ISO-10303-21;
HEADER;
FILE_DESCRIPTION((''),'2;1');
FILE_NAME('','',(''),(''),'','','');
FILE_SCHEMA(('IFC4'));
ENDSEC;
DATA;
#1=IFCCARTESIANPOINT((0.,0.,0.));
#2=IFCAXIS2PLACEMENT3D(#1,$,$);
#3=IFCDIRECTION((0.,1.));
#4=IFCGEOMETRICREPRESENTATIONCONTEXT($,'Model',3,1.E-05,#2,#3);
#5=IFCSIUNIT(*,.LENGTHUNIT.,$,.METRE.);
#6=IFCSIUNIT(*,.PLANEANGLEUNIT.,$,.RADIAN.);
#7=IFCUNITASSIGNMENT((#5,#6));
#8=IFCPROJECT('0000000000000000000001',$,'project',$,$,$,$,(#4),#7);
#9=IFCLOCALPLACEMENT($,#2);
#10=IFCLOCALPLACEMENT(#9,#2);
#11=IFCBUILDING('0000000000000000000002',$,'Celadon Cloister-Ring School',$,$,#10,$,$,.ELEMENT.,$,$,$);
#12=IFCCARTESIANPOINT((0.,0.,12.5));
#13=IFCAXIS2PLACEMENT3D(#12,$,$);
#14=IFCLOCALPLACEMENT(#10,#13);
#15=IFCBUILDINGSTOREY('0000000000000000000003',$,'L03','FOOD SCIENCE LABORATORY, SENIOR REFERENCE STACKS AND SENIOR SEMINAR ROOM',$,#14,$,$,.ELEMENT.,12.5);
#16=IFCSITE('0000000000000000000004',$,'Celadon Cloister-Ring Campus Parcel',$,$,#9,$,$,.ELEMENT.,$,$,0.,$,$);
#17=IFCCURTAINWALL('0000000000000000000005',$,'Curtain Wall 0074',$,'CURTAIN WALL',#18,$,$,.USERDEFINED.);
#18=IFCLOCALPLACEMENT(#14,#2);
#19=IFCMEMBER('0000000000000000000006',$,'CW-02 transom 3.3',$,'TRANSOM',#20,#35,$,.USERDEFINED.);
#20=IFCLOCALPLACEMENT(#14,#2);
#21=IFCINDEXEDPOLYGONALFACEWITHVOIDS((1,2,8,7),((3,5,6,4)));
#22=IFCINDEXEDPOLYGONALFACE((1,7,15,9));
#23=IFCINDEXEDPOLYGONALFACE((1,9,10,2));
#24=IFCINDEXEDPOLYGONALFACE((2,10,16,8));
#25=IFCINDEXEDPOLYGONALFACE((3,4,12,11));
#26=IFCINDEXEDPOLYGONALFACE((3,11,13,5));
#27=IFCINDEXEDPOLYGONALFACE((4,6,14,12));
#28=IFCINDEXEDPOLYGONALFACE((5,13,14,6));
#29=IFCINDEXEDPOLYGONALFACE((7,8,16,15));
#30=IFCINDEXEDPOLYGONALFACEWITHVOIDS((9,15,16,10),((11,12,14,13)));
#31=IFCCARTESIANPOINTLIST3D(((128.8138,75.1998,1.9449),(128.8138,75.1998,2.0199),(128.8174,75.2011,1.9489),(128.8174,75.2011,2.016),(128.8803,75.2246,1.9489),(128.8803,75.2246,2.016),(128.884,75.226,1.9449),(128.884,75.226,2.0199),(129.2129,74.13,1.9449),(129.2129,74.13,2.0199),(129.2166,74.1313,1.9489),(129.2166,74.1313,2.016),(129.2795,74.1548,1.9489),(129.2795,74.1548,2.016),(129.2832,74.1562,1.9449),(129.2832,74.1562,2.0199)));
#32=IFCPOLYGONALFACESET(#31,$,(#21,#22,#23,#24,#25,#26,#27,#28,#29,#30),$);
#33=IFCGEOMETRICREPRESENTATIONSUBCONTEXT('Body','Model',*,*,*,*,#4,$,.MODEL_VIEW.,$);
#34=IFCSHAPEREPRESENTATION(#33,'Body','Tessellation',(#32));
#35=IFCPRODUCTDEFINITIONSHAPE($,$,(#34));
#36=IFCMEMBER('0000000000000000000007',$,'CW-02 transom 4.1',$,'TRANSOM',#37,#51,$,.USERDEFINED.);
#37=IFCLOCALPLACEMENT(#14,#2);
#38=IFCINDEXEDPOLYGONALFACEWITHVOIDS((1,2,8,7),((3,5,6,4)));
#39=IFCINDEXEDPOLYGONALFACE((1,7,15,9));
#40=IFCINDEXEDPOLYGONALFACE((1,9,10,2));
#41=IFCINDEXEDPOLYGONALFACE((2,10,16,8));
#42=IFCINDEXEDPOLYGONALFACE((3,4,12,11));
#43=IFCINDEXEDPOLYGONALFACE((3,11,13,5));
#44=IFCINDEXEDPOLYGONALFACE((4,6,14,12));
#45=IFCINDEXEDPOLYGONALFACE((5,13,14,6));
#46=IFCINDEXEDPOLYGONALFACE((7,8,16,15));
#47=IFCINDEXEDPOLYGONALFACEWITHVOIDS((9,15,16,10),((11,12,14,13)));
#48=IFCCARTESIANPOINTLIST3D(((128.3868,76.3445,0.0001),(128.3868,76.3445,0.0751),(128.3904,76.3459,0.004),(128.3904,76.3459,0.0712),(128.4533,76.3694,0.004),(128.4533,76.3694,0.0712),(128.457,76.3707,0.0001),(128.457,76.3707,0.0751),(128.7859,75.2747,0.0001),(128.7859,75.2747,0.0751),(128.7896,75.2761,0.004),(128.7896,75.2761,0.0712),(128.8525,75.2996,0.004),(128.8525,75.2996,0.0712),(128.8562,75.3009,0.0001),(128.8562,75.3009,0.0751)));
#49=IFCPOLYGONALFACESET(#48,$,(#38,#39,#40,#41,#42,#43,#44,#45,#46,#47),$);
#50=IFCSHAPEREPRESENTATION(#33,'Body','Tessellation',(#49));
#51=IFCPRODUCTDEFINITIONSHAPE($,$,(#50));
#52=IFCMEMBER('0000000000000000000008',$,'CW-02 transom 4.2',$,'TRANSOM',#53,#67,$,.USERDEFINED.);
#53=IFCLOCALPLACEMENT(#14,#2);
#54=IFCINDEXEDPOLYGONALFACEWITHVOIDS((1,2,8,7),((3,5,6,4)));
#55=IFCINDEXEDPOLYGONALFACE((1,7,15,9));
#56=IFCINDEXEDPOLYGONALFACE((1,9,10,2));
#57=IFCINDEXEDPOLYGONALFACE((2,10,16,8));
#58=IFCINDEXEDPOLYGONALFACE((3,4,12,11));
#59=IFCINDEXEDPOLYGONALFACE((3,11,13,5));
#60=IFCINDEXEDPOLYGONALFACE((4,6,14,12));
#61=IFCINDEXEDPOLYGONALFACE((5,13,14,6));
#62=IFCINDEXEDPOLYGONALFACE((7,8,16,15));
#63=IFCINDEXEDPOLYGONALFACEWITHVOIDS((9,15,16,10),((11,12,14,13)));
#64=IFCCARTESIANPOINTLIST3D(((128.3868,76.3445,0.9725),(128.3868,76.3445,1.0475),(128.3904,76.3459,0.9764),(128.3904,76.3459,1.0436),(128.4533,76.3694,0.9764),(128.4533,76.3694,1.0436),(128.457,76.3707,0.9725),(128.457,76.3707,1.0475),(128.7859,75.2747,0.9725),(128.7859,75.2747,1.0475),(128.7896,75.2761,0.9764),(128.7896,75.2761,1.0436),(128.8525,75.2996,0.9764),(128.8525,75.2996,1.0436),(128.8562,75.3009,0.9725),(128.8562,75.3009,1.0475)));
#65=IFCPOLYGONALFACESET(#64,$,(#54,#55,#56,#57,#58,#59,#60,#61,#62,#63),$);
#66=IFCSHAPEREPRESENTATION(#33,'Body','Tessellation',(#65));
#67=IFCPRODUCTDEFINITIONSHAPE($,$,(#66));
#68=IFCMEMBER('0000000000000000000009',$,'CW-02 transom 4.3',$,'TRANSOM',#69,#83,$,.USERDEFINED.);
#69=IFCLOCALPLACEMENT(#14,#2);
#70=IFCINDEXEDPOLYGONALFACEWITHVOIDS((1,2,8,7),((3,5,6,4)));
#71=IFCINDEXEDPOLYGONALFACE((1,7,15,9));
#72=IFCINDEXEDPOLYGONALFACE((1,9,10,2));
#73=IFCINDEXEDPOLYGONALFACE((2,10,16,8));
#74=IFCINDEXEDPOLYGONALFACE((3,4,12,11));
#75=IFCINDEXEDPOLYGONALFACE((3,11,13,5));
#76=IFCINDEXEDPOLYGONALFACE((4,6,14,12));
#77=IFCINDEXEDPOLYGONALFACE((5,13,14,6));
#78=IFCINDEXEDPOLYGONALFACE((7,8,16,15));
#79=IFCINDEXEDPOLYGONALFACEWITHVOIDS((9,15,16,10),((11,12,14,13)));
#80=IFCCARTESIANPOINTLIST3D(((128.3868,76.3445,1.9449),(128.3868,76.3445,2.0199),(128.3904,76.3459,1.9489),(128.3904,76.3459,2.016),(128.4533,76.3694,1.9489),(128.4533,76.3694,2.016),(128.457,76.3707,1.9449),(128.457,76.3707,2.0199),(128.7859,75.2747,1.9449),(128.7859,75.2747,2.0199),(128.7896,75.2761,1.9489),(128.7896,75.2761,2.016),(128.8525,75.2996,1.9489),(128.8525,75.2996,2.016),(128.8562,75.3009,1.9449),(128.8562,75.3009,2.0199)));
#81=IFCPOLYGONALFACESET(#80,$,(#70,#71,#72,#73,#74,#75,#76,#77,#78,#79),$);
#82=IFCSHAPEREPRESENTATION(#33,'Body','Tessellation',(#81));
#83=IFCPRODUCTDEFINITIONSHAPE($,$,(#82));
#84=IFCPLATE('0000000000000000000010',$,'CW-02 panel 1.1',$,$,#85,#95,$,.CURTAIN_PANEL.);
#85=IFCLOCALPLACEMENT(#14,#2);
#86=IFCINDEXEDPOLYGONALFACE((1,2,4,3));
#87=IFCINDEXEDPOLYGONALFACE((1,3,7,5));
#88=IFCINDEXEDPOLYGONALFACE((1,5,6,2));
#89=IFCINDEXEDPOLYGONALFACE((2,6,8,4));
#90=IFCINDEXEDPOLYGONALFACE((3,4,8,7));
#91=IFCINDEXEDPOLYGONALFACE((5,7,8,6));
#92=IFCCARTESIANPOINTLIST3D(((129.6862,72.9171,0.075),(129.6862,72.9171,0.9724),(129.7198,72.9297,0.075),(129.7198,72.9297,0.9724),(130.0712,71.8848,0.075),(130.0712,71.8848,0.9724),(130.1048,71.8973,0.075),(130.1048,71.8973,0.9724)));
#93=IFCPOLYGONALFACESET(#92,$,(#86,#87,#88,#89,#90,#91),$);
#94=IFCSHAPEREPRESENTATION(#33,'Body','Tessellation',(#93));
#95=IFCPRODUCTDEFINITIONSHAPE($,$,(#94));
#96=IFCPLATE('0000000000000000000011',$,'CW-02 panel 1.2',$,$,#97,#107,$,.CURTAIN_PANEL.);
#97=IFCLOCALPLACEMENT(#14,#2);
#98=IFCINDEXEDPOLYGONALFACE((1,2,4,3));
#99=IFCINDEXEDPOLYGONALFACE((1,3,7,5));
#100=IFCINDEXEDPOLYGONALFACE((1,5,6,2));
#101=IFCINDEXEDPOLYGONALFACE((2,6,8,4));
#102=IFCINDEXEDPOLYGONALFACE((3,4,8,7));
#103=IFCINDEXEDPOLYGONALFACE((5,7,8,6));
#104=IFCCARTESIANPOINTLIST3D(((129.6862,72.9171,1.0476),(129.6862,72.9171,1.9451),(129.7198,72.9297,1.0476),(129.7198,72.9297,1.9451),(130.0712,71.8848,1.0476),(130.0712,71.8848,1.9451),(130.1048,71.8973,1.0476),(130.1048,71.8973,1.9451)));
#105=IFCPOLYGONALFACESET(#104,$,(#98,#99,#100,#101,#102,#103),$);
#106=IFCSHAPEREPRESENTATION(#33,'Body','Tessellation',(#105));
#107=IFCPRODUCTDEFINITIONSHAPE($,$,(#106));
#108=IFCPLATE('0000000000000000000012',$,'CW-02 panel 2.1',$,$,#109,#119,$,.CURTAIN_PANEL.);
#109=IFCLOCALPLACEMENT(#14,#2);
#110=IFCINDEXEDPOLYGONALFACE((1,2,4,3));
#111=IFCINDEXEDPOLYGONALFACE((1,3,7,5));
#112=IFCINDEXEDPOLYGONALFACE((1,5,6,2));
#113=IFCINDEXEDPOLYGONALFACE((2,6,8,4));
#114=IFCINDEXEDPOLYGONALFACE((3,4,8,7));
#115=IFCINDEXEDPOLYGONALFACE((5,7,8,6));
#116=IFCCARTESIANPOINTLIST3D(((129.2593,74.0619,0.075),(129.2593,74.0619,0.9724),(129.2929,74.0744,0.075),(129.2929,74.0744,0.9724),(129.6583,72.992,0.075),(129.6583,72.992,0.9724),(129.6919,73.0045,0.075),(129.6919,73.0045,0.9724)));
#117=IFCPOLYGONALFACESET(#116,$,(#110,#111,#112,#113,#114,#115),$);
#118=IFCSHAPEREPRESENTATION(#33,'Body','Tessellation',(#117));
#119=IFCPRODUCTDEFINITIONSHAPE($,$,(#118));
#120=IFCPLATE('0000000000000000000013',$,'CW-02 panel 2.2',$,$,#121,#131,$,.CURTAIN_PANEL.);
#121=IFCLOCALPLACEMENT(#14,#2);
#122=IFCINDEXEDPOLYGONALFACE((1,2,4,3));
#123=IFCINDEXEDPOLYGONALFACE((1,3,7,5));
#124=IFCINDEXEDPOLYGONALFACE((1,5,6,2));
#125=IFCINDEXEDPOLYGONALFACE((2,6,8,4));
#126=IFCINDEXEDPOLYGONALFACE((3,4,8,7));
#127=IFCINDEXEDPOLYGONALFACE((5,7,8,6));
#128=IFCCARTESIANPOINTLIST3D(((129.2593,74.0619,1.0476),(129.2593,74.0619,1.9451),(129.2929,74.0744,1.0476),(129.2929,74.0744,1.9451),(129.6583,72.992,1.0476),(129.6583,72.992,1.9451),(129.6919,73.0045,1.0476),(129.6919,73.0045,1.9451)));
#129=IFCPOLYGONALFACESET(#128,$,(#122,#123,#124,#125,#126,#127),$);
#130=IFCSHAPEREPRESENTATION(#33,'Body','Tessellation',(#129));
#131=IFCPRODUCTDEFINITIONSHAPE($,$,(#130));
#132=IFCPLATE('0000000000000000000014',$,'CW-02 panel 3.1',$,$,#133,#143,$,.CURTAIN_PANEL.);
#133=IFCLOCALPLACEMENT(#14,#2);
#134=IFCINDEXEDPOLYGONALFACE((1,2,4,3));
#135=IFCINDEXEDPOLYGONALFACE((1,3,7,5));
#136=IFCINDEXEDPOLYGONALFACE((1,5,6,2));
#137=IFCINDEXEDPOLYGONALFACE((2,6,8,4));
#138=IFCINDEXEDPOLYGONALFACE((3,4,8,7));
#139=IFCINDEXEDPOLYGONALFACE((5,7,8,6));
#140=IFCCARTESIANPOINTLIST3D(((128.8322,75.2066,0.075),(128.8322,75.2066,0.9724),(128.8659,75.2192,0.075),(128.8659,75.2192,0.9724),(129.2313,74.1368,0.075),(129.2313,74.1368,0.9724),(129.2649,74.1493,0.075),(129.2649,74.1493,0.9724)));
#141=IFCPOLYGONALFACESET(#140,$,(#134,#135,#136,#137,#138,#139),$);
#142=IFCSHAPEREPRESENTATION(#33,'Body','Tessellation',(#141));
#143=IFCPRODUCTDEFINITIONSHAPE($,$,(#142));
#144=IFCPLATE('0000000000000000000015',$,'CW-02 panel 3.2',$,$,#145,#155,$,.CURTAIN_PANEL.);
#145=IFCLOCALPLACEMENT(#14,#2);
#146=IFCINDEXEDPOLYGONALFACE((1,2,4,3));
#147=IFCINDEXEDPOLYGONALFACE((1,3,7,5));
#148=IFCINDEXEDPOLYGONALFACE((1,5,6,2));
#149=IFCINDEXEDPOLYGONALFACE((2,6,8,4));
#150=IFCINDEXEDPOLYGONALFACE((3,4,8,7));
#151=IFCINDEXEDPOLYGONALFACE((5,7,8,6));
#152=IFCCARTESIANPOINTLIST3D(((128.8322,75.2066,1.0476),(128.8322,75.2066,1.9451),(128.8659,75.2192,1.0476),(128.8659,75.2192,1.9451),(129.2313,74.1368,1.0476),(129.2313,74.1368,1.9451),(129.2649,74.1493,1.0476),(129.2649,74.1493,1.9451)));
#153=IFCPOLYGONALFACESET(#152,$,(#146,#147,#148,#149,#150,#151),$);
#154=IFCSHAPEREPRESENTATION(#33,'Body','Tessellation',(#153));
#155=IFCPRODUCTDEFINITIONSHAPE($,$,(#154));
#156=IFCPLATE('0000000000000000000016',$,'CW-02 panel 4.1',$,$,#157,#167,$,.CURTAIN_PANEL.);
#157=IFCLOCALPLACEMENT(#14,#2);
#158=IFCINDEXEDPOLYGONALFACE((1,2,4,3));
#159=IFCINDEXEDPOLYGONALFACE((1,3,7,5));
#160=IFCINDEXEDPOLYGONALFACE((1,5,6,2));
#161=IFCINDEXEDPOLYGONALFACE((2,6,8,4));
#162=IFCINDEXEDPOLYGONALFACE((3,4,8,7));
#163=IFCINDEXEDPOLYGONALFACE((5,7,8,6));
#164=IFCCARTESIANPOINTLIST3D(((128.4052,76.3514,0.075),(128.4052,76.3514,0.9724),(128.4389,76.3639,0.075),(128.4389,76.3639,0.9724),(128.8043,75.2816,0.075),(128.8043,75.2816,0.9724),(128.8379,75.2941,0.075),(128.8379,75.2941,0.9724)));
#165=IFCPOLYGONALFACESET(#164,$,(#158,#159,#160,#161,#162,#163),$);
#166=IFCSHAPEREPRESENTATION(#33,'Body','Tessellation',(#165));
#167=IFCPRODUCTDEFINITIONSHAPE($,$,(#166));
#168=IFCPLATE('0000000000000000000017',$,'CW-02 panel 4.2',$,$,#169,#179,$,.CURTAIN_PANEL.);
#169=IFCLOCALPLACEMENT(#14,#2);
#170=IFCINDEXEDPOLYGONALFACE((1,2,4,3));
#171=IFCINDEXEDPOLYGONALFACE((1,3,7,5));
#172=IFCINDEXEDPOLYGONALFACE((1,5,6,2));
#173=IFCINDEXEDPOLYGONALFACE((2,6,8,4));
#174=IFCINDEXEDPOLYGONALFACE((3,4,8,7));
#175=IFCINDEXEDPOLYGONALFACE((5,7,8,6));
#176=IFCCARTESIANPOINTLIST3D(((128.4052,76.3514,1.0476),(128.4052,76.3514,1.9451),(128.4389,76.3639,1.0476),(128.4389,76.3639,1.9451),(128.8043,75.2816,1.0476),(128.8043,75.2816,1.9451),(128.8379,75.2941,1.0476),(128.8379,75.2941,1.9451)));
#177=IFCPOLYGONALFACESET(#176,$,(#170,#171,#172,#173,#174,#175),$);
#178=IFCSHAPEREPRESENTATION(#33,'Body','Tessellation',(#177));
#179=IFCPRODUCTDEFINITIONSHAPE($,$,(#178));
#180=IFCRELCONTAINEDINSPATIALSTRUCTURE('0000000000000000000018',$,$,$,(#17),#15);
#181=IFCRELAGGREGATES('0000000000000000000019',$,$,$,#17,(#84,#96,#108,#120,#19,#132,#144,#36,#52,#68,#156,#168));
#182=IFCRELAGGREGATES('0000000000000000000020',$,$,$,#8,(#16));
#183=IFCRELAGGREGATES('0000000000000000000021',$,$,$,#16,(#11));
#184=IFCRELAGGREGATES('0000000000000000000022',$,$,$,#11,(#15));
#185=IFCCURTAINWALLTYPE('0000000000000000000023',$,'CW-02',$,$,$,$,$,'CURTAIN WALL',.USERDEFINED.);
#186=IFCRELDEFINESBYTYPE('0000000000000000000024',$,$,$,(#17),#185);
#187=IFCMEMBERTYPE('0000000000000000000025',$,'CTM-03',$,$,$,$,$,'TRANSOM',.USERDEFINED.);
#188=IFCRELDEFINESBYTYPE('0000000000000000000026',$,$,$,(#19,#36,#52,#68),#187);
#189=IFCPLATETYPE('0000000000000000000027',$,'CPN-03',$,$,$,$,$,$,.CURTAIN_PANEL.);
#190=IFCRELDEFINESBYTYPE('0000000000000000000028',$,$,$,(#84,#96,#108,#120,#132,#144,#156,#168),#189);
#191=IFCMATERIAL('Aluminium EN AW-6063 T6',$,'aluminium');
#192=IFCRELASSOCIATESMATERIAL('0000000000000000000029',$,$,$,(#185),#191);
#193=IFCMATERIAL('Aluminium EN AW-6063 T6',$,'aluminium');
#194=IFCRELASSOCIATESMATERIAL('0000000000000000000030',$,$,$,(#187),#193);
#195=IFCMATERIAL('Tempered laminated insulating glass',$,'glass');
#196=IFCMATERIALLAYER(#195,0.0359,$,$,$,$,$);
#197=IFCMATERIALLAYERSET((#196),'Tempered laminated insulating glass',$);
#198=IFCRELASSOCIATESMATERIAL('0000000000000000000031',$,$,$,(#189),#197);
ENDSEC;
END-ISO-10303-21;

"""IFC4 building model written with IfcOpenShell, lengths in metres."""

from ifc_helpers import new_model, si_unit, direction, frame, origin, origin_2d, place, context, subcontext, project, spatial, rectangle, hollow_rectangle, extrude, material, layer, layer_set, material_profile, profile_set, type_object, element, aggregate, save


model = new_model("IFC4")

# Units and contexts
model_context = context("Model", 3, precision=1e-05, world=origin(), true_north=direction((0.0, 1.0)))
body_context = subcontext(model_context, "Body", "Model", "MODEL_VIEW")
ifc_project = project(units=[si_unit("LENGTHUNIT", "METRE"), si_unit("PLANEANGLEUNIT", "RADIAN")], contexts=[model_context])

# Site, building, storey
site_placement = place(None, origin())
site = spatial("IfcSite", under=ifc_project, at=site_placement, Name="Celadon Cloister-Ring Campus Parcel", CompositionType="ELEMENT", RefElevation=0.0)
building_placement = place(site_placement, origin())
building = spatial("IfcBuilding", under=site, at=building_placement, Name="Celadon Cloister-Ring School", CompositionType="ELEMENT")
storey_placement = place(building_placement, frame((0.0, 0.0, 12.5)))
storey = spatial("IfcBuildingStorey", under=building, at=storey_placement, Name="L03", Description="FOOD SCIENCE LABORATORY, SENIOR REFERENCE STACKS AND SENIOR SEMINAR ROOM", CompositionType="ELEMENT", Elevation=12.5)

# Curtain wall, members, plates
ifc_material_1 = material(Name="Aluminium EN AW-6063 T6", Category="aluminium")
curtain_wall_type = type_object("IfcCurtainWallType", Name="CW-02", ElementType="CURTAIN WALL", PredefinedType="USERDEFINED", material=ifc_material_1)
curtain_wall_placement = place(storey_placement, origin())
curtain_wall = element("IfcCurtainWall", 1, at=curtain_wall_placement, inside=storey, type_object=curtain_wall_type, Name="Curtain Wall 0074", ObjectType="CURTAIN WALL", PredefinedType="USERDEFINED")
ifc_material_2 = material(Name="Aluminium EN AW-6063 T6", Category="aluminium")
ifc_material_profile_1 = material_profile(ifc_material_2, hollow_rectangle(XDim=0.075, YDim=0.075, WallThickness=0.0039, at=origin_2d()), Name="RHS75X75X4")
ifc_profile_set_1 = profile_set([ifc_material_profile_1], Name="Aluminium EN AW-6063 T6")
member_type_1 = type_object("IfcMemberType", Name="CTM-03", ElementType="TRANSOM", PredefinedType="USERDEFINED", material=ifc_profile_set_1)
member_1_placement = place(storey_placement, frame((129.248, 74.1431, 1.9824), z_axis=(-0.349577, 0.936908, 0.0), x_axis=(-0.936908, -0.349577, 0.0)))
member_1 = element("IfcMember", 2, at=member_1_placement, type_object=member_type_1, Name="CW-02 transom 3.3", ObjectType="TRANSOM", PredefinedType="USERDEFINED", context=body_context, shape_type="SweptSolid", body=[
    extrude(hollow_rectangle(XDim=0.075, YDim=0.075, WallThickness=0.0039, at=origin_2d()), origin(), (0.0, 0.0, 1.0), 1.1418),
])
member_2_placement = place(storey_placement, frame((128.821, 75.2878, 0.0376), z_axis=(-0.349577, 0.936908, 0.0), x_axis=(-0.936908, -0.349577, 0.0)))
member_2 = element("IfcMember", 3, at=member_2_placement, type_object=member_type_1, Name="CW-02 transom 4.1", ObjectType="TRANSOM", PredefinedType="USERDEFINED", context=body_context, shape_type="SweptSolid", body=[
    extrude(hollow_rectangle(XDim=0.075, YDim=0.075, WallThickness=0.0039, at=origin_2d()), origin(), (0.0, 0.0, 1.0), 1.1418),
])
member_3_placement = place(storey_placement, frame((128.821, 75.2878, 1.01), z_axis=(-0.349577, 0.936908, 0.0), x_axis=(-0.936908, -0.349577, 0.0)))
member_3 = element("IfcMember", 4, at=member_3_placement, type_object=member_type_1, Name="CW-02 transom 4.2", ObjectType="TRANSOM", PredefinedType="USERDEFINED", context=body_context, shape_type="SweptSolid", body=[
    extrude(hollow_rectangle(XDim=0.075, YDim=0.075, WallThickness=0.0039, at=origin_2d()), origin(), (0.0, 0.0, 1.0), 1.1418),
])
member_4_placement = place(storey_placement, frame((128.821, 75.2878, 1.9824), z_axis=(-0.349577, 0.936908, 0.0), x_axis=(-0.936908, -0.349577, 0.0)))
member_4 = element("IfcMember", 5, at=member_4_placement, type_object=member_type_1, Name="CW-02 transom 4.3", ObjectType="TRANSOM", PredefinedType="USERDEFINED", context=body_context, shape_type="SweptSolid", body=[
    extrude(hollow_rectangle(XDim=0.075, YDim=0.075, WallThickness=0.0039, at=origin_2d()), origin(), (0.0, 0.0, 1.0), 1.1418),
])
ifc_material_3 = material(Name="Tempered laminated insulating glass", Category="glass")
ifc_layer = layer(ifc_material_3, 0.0359)
ifc_layer_set = layer_set([ifc_layer], Name="Tempered laminated insulating glass")
plate_type = type_object("IfcPlateType", Name="CPN-03", PredefinedType="CURTAIN_PANEL", material=ifc_layer_set)
plate_1_placement = place(storey_placement, frame((129.8955, 72.4072, 0.075), z_axis=(0.0, 0.0, 1.0), x_axis=(-0.349473, 0.936947, 0.0)))
plate_1 = element("IfcPlate", 6, at=plate_1_placement, type_object=plate_type, Name="CW-02 panel 1.1", PredefinedType="CURTAIN_PANEL", context=body_context, shape_type="SweptSolid", body=[
    extrude(rectangle(XDim=1.1018, YDim=0.0359, at=origin_2d()), origin(), (0.0, 0.0, 1.0), 0.8975),
])
plate_2_placement = place(storey_placement, frame((129.8955, 72.4072, 1.0476), z_axis=(0.0, 0.0, 1.0), x_axis=(-0.349473, 0.936947, 0.0)))
plate_2 = element("IfcPlate", 7, at=plate_2_placement, type_object=plate_type, Name="CW-02 panel 1.2", PredefinedType="CURTAIN_PANEL", context=body_context, shape_type="SweptSolid", body=[
    extrude(rectangle(XDim=1.1018, YDim=0.0359, at=origin_2d()), origin(), (0.0, 0.0, 1.0), 0.8975),
])
plate_3_placement = place(storey_placement, frame((129.4756, 73.5332, 0.075), z_axis=(0.0, 0.0, 1.0), x_axis=(-0.349473, 0.936947, 0.0)))
plate_3 = element("IfcPlate", 8, at=plate_3_placement, type_object=plate_type, Name="CW-02 panel 2.1", PredefinedType="CURTAIN_PANEL", context=body_context, shape_type="SweptSolid", body=[
    extrude(rectangle(XDim=1.1418, YDim=0.0359, at=origin_2d()), origin(), (0.0, 0.0, 1.0), 0.8975),
])
plate_4_placement = place(storey_placement, frame((129.4756, 73.5332, 1.0476), z_axis=(0.0, 0.0, 1.0), x_axis=(-0.349473, 0.936947, 0.0)))
plate_4 = element("IfcPlate", 9, at=plate_4_placement, type_object=plate_type, Name="CW-02 panel 2.2", PredefinedType="CURTAIN_PANEL", context=body_context, shape_type="SweptSolid", body=[
    extrude(rectangle(XDim=1.1418, YDim=0.0359, at=origin_2d()), origin(), (0.0, 0.0, 1.0), 0.8975),
])
plate_5_placement = place(storey_placement, frame((129.0486, 74.678, 0.075), z_axis=(0.0, 0.0, 1.0), x_axis=(-0.349473, 0.936947, 0.0)))
plate_5 = element("IfcPlate", 10, at=plate_5_placement, type_object=plate_type, Name="CW-02 panel 3.1", PredefinedType="CURTAIN_PANEL", context=body_context, shape_type="SweptSolid", body=[
    extrude(rectangle(XDim=1.1418, YDim=0.0359, at=origin_2d()), origin(), (0.0, 0.0, 1.0), 0.8975),
])
plate_6_placement = place(storey_placement, frame((129.0486, 74.678, 1.0476), z_axis=(0.0, 0.0, 1.0), x_axis=(-0.349473, 0.936947, 0.0)))
plate_6 = element("IfcPlate", 11, at=plate_6_placement, type_object=plate_type, Name="CW-02 panel 3.2", PredefinedType="CURTAIN_PANEL", context=body_context, shape_type="SweptSolid", body=[
    extrude(rectangle(XDim=1.1418, YDim=0.0359, at=origin_2d()), origin(), (0.0, 0.0, 1.0), 0.8975),
])
plate_7_placement = place(storey_placement, frame((128.6216, 75.8228, 0.075), z_axis=(0.0, 0.0, 1.0), x_axis=(-0.349473, 0.936947, 0.0)))
plate_7 = element("IfcPlate", 12, at=plate_7_placement, type_object=plate_type, Name="CW-02 panel 4.1", PredefinedType="CURTAIN_PANEL", context=body_context, shape_type="SweptSolid", body=[
    extrude(rectangle(XDim=1.1418, YDim=0.0359, at=origin_2d()), origin(), (0.0, 0.0, 1.0), 0.8975),
])
plate_8_placement = place(storey_placement, frame((128.6216, 75.8228, 1.0476), z_axis=(0.0, 0.0, 1.0), x_axis=(-0.349473, 0.936947, 0.0)))
plate_8 = element("IfcPlate", 13, at=plate_8_placement, type_object=plate_type, Name="CW-02 panel 4.2", PredefinedType="CURTAIN_PANEL", context=body_context, shape_type="SweptSolid", body=[
    extrude(rectangle(XDim=1.1418, YDim=0.0359, at=origin_2d()), origin(), (0.0, 0.0, 1.0), 0.8975),
])
aggregate(curtain_wall, [plate_1, plate_2, plate_3, plate_4, member_1, plate_5, plate_6, member_2, member_3, member_4, plate_7, plate_8])

save(model, "model.ifc")
